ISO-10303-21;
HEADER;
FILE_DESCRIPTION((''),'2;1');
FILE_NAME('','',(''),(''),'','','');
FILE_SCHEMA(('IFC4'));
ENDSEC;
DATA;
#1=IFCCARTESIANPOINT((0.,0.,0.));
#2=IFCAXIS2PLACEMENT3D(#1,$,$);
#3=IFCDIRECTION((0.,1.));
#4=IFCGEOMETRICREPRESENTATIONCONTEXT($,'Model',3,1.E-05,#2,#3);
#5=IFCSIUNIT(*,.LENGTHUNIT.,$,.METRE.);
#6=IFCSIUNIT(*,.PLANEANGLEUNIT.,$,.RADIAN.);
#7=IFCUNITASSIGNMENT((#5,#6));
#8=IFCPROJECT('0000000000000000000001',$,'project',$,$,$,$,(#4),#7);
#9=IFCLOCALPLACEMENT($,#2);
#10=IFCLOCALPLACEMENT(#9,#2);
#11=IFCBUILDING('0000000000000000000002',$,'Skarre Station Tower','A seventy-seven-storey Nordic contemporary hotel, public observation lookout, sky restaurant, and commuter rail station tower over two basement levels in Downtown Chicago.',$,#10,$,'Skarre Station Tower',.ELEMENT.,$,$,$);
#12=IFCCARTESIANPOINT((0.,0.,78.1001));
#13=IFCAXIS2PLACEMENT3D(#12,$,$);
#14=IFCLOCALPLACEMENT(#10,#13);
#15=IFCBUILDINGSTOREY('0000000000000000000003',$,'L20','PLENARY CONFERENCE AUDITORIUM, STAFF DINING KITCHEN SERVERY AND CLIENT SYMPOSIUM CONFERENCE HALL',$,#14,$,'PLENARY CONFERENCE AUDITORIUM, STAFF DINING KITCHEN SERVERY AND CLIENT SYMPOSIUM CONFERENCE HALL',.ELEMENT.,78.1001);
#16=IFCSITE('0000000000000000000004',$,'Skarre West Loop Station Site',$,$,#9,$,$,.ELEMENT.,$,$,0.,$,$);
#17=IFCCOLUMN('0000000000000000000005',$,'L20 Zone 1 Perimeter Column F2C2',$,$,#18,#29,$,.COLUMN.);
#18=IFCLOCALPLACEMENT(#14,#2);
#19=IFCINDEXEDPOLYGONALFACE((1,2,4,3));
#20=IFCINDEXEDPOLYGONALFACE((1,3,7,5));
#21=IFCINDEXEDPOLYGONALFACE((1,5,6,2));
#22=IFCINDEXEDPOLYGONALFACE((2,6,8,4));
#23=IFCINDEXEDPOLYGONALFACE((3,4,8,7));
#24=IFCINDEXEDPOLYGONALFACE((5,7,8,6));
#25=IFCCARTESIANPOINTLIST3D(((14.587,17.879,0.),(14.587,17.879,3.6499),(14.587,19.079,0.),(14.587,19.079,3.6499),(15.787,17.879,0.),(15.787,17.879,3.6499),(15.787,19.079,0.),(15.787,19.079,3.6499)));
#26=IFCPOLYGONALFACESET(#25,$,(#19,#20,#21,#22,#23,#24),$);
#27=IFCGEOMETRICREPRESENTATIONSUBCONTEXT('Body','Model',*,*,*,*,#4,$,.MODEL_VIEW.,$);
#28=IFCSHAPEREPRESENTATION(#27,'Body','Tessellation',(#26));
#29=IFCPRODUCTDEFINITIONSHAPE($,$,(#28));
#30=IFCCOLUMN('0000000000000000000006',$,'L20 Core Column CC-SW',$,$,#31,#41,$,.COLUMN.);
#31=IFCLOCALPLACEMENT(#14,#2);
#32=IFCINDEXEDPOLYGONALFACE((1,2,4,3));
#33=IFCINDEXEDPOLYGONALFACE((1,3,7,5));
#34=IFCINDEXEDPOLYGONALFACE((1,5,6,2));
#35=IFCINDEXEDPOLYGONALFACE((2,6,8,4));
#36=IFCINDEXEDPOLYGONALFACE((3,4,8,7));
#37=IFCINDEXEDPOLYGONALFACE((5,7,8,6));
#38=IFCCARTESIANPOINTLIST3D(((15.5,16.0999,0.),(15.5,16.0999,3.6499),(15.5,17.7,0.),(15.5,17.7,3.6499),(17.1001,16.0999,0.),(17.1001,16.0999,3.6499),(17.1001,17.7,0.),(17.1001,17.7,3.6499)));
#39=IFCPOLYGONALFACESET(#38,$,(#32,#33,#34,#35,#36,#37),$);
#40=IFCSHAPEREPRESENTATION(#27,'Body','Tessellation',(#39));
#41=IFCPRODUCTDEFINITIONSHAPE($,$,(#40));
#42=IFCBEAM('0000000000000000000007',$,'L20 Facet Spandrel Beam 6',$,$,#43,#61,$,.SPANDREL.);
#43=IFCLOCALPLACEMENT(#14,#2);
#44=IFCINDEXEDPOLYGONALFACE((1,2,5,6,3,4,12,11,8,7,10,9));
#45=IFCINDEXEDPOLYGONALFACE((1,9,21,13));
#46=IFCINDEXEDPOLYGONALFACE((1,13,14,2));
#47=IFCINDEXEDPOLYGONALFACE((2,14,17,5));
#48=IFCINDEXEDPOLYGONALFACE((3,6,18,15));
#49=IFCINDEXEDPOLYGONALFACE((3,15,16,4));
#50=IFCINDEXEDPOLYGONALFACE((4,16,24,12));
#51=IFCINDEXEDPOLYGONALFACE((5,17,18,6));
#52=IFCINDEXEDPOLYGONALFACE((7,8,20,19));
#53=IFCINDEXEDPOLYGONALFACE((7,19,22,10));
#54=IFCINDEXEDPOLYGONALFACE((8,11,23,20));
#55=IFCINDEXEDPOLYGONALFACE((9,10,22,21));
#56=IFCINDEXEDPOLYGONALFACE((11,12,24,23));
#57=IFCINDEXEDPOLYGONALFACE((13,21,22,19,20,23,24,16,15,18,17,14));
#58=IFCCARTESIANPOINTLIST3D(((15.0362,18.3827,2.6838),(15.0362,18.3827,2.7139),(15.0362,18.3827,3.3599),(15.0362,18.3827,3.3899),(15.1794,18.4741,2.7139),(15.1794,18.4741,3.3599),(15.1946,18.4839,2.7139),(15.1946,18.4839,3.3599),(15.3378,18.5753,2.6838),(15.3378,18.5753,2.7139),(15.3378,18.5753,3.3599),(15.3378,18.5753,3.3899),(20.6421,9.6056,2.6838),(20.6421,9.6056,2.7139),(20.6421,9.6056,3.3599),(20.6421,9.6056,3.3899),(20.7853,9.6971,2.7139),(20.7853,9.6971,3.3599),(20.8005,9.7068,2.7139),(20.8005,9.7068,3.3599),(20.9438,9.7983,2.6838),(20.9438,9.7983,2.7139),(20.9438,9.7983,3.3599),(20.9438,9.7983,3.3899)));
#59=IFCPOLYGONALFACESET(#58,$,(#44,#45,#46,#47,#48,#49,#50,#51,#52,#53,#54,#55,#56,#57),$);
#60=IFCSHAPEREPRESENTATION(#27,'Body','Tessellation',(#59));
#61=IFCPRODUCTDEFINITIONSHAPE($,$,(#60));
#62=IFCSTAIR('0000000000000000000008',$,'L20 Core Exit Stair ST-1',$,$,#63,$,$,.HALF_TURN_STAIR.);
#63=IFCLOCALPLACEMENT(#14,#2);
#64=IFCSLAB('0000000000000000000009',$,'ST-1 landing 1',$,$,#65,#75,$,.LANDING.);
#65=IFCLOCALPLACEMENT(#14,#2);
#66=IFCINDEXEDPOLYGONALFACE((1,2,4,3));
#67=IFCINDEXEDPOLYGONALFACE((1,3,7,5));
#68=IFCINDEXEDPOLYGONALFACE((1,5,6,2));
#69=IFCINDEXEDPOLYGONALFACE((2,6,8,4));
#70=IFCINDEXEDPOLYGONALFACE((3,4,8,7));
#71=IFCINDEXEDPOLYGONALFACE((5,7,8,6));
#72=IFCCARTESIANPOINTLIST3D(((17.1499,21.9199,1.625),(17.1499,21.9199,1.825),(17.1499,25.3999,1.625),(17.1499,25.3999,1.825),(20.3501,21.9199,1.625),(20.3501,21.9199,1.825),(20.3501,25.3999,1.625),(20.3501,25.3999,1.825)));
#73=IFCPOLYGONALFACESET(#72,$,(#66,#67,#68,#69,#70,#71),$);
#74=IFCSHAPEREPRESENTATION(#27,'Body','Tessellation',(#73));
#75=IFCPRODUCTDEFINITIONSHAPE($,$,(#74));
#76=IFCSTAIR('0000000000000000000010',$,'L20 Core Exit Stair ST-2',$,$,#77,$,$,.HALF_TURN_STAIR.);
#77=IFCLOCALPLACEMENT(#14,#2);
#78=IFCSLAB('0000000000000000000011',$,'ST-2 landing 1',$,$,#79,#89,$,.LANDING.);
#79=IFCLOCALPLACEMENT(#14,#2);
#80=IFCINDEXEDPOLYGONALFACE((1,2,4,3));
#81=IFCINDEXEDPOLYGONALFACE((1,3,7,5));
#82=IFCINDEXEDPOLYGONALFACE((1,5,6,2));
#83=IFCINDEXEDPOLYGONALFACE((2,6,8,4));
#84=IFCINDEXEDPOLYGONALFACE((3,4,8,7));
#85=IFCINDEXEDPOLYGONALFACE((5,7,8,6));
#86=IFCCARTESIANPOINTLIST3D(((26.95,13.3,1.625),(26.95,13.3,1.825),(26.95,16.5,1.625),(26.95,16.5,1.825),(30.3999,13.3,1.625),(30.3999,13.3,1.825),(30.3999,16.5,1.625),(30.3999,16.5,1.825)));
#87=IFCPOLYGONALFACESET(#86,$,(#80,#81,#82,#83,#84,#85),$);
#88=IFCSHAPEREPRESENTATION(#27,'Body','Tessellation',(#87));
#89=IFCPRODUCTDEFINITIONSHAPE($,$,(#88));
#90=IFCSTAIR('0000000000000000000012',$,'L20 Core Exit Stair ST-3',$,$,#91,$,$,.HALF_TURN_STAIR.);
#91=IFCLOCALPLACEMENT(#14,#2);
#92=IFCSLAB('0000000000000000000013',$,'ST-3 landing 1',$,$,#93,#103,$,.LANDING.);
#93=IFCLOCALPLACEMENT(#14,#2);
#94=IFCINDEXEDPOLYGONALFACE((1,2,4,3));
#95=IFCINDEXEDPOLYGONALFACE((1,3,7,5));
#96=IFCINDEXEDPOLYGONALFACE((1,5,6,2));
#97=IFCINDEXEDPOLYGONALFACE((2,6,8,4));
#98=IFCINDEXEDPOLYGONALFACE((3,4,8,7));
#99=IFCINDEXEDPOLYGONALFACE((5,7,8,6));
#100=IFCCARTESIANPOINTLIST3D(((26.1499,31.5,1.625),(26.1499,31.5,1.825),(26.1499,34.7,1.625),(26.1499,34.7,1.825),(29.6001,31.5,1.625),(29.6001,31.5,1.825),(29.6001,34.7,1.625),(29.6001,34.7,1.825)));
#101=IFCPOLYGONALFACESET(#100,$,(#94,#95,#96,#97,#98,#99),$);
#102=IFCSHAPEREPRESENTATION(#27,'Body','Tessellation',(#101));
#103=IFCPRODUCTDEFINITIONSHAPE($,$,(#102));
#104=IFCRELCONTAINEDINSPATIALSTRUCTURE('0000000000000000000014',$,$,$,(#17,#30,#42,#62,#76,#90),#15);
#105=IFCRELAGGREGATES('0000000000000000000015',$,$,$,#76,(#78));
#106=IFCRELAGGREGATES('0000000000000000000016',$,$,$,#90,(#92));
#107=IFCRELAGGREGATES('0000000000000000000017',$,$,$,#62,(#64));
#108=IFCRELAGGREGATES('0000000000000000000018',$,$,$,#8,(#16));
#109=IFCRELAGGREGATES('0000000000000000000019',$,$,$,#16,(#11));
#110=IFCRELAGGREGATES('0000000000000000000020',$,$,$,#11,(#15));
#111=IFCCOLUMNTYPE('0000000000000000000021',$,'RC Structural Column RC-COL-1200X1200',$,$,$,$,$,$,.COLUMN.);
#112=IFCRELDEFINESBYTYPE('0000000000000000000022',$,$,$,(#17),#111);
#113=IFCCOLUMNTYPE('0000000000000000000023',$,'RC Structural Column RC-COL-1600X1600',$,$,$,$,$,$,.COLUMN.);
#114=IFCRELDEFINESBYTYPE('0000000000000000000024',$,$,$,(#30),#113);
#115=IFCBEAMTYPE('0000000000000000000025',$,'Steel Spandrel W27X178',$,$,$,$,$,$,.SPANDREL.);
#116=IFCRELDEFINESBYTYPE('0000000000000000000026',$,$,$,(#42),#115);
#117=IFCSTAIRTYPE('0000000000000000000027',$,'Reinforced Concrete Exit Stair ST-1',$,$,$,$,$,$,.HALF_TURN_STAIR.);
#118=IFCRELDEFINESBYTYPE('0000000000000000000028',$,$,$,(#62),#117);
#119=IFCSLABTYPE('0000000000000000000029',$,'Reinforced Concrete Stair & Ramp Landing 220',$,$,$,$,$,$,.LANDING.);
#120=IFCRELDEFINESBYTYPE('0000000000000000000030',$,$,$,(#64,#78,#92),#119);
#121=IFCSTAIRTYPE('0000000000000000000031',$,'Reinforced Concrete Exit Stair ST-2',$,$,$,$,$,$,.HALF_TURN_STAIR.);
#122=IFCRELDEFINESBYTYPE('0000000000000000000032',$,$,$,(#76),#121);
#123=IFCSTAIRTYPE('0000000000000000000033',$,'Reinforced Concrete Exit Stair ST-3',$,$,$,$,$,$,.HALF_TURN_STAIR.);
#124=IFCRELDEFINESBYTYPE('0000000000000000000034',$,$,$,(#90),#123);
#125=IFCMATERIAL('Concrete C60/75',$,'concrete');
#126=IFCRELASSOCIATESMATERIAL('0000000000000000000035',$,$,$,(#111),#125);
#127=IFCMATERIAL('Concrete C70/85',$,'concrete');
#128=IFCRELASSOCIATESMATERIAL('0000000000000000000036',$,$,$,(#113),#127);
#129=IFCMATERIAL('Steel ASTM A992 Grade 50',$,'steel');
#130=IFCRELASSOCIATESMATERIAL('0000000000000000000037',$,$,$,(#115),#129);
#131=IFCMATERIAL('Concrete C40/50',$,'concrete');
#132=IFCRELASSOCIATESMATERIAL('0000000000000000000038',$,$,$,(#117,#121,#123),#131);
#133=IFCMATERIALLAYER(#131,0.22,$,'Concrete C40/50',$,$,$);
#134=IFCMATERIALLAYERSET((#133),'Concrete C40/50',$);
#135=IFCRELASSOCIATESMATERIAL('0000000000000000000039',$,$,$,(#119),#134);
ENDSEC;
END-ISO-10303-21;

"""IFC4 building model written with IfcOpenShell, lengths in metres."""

from ifc_helpers import new_model, si_unit, direction, frame, origin, origin_2d, place, context, subcontext, project, spatial, polyline, rectangle, i_section, outline, extrude, material, layer, layer_set, material_profile, profile_set, type_object, element, aggregate, save


model = new_model("IFC4")

# Units and contexts
model_context = context("Model", 3, precision=1e-05, world=origin(), true_north=direction((0.0, 1.0)))
body_context = subcontext(model_context, "Body", "Model", "MODEL_VIEW")
ifc_project = project(units=[si_unit("LENGTHUNIT", "METRE"), si_unit("PLANEANGLEUNIT", "RADIAN")], contexts=[model_context])

# Site, building, storey
site_placement = place(None, origin())
site = spatial("IfcSite", under=ifc_project, at=site_placement, Name="Skarre West Loop Station Site", CompositionType="ELEMENT", RefElevation=0.0)
building_placement = place(site_placement, origin())
building = spatial("IfcBuilding", under=site, at=building_placement, Name="Skarre Station Tower", Description="A seventy-seven-storey Nordic contemporary hotel, public observation lookout, sky restaurant, and commuter rail station tower over two basement levels in Downtown Chicago.", LongName="Skarre Station Tower", CompositionType="ELEMENT")
storey_placement = place(building_placement, frame((0.0, 0.0, 78.1001)))
storey = spatial("IfcBuildingStorey", under=building, at=storey_placement, Name="L20", Description="PLENARY CONFERENCE AUDITORIUM, STAFF DINING KITCHEN SERVERY AND CLIENT SYMPOSIUM CONFERENCE HALL", LongName="PLENARY CONFERENCE AUDITORIUM, STAFF DINING KITCHEN SERVERY AND CLIENT SYMPOSIUM CONFERENCE HALL", CompositionType="ELEMENT", Elevation=78.1001)

# Columns
ifc_material_1 = material(Name="Concrete C60/75", Category="concrete")
ifc_material_profile_1 = material_profile(ifc_material_1, rectangle(XDim=1.2, YDim=1.2, at=origin_2d()), Name="Concrete C60/75")
ifc_profile_set_1 = profile_set([ifc_material_profile_1], Name="Concrete C60/75")
column_type_1 = type_object("IfcColumnType", Name="RC Structural Column RC-COL-1200X1200", PredefinedType="COLUMN", material=ifc_profile_set_1)
column_1_placement = place(storey_placement, frame((15.187, 18.479, 0.0), z_axis=(0.0, 0.0, 1.0), x_axis=(1.0, 0.0, 0.0)))
element("IfcColumn", 1, at=column_1_placement, inside=storey, type_object=column_type_1, Name="L20 Zone 1 Perimeter Column F2C2", PredefinedType="COLUMN", context=body_context, shape_type="SweptSolid", body=[
    extrude(rectangle(XDim=1.2, YDim=1.2, at=origin_2d()), origin(), (0.0, 0.0, 1.0), 3.6499),
])
ifc_material_2 = material(Name="Concrete C70/85", Category="concrete")
ifc_material_profile_2 = material_profile(ifc_material_2, rectangle(XDim=1.6001, YDim=1.6001, at=origin_2d()), Name="Concrete C70/85")
ifc_profile_set_2 = profile_set([ifc_material_profile_2], Name="Concrete C70/85")
column_type_2 = type_object("IfcColumnType", Name="RC Structural Column RC-COL-1600X1600", PredefinedType="COLUMN", material=ifc_profile_set_2)
column_2_placement = place(storey_placement, frame((16.3, 16.8999, 0.0), z_axis=(0.0, 0.0, 1.0), x_axis=(1.0, 0.0, 0.0)))
element("IfcColumn", 2, at=column_2_placement, inside=storey, type_object=column_type_2, Name="L20 Core Column CC-SW", PredefinedType="COLUMN", context=body_context, shape_type="SweptSolid", body=[
    extrude(rectangle(XDim=1.6001, YDim=1.6001, at=origin_2d()), origin(), (0.0, 0.0, 1.0), 3.6499),
])

# Beam
ifc_material_3 = material(Name="Steel ASTM A992 Grade 50", Category="steel")
ifc_material_profile_3 = material_profile(ifc_material_3, i_section(OverallWidth=0.3579, OverallDepth=0.7061, WebThickness=0.0181, FlangeThickness=0.03, at=origin_2d()), Name="Steel ASTM A992 Grade 50")
ifc_profile_set_3 = profile_set([ifc_material_profile_3], Name="Steel ASTM A992 Grade 50")
beam_type = type_object("IfcBeamType", Name="Steel Spandrel W27X178", PredefinedType="SPANDREL", material=ifc_profile_set_3)
beam_placement = place(storey_placement, frame((15.187, 18.479, 3.0369), z_axis=(0.538278, -0.842767, 0.0), x_axis=(0.842767, 0.538278, 0.0)))
element("IfcBeam", 3, at=beam_placement, inside=storey, type_object=beam_type, Name="L20 Facet Spandrel Beam 6", PredefinedType="SPANDREL", context=body_context, shape_type="SweptSolid", body=[
    extrude(i_section(OverallWidth=0.3579, OverallDepth=0.7061, WebThickness=0.0181, FlangeThickness=0.03, at=origin_2d()), origin(), (0.0, 0.0, 1.0), 10.4146),
])

# Stairs, slabs
ifc_material_4 = material(Name="Concrete C40/50", Category="concrete")
stair_type_1 = type_object("IfcStairType", Name="Reinforced Concrete Exit Stair ST-1", PredefinedType="HALF_TURN_STAIR", material=ifc_material_4)
stair_1_placement = place(storey_placement, origin())
stair_1 = element("IfcStair", 4, at=stair_1_placement, inside=storey, type_object=stair_type_1, Name="L20 Core Exit Stair ST-1", PredefinedType="HALF_TURN_STAIR")
ifc_layer_1 = layer(ifc_material_4, 0.22, Name="Concrete C40/50")
ifc_layer_set_1 = layer_set([ifc_layer_1], Name="Concrete C40/50")
slab_type_1 = type_object("IfcSlabType", Name="Reinforced Concrete Stair & Ramp Landing 220", PredefinedType="LANDING", material=ifc_layer_set_1)
slab_1_placement = place(storey_placement, frame((0.0, 0.0, 1.625)))
slab_1 = element("IfcSlab", 5, at=slab_1_placement, type_object=slab_type_1, Name="ST-1 landing 1", PredefinedType="LANDING", context=body_context, shape_type="SweptSolid", body=[
    extrude(outline(polyline([(20.3501, 21.9199), (20.3501, 25.3999), (17.1499, 25.3999), (17.1499, 21.9199), (20.3501, 21.9199)])), origin(), (0.0, 0.0, 1.0), 0.2),
])
stair_type_2 = type_object("IfcStairType", Name="Reinforced Concrete Exit Stair ST-2", PredefinedType="HALF_TURN_STAIR", material=ifc_material_4)
stair_2_placement = place(storey_placement, origin())
stair_2 = element("IfcStair", 6, at=stair_2_placement, inside=storey, type_object=stair_type_2, Name="L20 Core Exit Stair ST-2", PredefinedType="HALF_TURN_STAIR")
slab_2_placement = place(storey_placement, frame((0.0, 0.0, 1.625)))
slab_2 = element("IfcSlab", 7, at=slab_2_placement, type_object=slab_type_1, Name="ST-2 landing 1", PredefinedType="LANDING", context=body_context, shape_type="SweptSolid", body=[
    extrude(outline(polyline([(26.95, 13.3), (30.3999, 13.3), (30.3999, 16.5), (26.95, 16.5), (26.95, 13.3)])), origin(), (0.0, 0.0, 1.0), 0.2),
])
aggregate(stair_2, [slab_2])
stair_type_3 = type_object("IfcStairType", Name="Reinforced Concrete Exit Stair ST-3", PredefinedType="HALF_TURN_STAIR", material=ifc_material_4)
stair_3_placement = place(storey_placement, origin())
stair_3 = element("IfcStair", 8, at=stair_3_placement, inside=storey, type_object=stair_type_3, Name="L20 Core Exit Stair ST-3", PredefinedType="HALF_TURN_STAIR")
slab_3_placement = place(storey_placement, frame((0.0, 0.0, 1.625)))
slab_3 = element("IfcSlab", 9, at=slab_3_placement, type_object=slab_type_1, Name="ST-3 landing 1", PredefinedType="LANDING", context=body_context, shape_type="SweptSolid", body=[
    extrude(outline(polyline([(26.1499, 31.5), (29.6001, 31.5), (29.6001, 34.7), (26.1499, 34.7), (26.1499, 31.5)])), origin(), (0.0, 0.0, 1.0), 0.2),
])
aggregate(stair_3, [slab_3])

aggregate(stair_1, [slab_1])

save(model, "model.ifc")
